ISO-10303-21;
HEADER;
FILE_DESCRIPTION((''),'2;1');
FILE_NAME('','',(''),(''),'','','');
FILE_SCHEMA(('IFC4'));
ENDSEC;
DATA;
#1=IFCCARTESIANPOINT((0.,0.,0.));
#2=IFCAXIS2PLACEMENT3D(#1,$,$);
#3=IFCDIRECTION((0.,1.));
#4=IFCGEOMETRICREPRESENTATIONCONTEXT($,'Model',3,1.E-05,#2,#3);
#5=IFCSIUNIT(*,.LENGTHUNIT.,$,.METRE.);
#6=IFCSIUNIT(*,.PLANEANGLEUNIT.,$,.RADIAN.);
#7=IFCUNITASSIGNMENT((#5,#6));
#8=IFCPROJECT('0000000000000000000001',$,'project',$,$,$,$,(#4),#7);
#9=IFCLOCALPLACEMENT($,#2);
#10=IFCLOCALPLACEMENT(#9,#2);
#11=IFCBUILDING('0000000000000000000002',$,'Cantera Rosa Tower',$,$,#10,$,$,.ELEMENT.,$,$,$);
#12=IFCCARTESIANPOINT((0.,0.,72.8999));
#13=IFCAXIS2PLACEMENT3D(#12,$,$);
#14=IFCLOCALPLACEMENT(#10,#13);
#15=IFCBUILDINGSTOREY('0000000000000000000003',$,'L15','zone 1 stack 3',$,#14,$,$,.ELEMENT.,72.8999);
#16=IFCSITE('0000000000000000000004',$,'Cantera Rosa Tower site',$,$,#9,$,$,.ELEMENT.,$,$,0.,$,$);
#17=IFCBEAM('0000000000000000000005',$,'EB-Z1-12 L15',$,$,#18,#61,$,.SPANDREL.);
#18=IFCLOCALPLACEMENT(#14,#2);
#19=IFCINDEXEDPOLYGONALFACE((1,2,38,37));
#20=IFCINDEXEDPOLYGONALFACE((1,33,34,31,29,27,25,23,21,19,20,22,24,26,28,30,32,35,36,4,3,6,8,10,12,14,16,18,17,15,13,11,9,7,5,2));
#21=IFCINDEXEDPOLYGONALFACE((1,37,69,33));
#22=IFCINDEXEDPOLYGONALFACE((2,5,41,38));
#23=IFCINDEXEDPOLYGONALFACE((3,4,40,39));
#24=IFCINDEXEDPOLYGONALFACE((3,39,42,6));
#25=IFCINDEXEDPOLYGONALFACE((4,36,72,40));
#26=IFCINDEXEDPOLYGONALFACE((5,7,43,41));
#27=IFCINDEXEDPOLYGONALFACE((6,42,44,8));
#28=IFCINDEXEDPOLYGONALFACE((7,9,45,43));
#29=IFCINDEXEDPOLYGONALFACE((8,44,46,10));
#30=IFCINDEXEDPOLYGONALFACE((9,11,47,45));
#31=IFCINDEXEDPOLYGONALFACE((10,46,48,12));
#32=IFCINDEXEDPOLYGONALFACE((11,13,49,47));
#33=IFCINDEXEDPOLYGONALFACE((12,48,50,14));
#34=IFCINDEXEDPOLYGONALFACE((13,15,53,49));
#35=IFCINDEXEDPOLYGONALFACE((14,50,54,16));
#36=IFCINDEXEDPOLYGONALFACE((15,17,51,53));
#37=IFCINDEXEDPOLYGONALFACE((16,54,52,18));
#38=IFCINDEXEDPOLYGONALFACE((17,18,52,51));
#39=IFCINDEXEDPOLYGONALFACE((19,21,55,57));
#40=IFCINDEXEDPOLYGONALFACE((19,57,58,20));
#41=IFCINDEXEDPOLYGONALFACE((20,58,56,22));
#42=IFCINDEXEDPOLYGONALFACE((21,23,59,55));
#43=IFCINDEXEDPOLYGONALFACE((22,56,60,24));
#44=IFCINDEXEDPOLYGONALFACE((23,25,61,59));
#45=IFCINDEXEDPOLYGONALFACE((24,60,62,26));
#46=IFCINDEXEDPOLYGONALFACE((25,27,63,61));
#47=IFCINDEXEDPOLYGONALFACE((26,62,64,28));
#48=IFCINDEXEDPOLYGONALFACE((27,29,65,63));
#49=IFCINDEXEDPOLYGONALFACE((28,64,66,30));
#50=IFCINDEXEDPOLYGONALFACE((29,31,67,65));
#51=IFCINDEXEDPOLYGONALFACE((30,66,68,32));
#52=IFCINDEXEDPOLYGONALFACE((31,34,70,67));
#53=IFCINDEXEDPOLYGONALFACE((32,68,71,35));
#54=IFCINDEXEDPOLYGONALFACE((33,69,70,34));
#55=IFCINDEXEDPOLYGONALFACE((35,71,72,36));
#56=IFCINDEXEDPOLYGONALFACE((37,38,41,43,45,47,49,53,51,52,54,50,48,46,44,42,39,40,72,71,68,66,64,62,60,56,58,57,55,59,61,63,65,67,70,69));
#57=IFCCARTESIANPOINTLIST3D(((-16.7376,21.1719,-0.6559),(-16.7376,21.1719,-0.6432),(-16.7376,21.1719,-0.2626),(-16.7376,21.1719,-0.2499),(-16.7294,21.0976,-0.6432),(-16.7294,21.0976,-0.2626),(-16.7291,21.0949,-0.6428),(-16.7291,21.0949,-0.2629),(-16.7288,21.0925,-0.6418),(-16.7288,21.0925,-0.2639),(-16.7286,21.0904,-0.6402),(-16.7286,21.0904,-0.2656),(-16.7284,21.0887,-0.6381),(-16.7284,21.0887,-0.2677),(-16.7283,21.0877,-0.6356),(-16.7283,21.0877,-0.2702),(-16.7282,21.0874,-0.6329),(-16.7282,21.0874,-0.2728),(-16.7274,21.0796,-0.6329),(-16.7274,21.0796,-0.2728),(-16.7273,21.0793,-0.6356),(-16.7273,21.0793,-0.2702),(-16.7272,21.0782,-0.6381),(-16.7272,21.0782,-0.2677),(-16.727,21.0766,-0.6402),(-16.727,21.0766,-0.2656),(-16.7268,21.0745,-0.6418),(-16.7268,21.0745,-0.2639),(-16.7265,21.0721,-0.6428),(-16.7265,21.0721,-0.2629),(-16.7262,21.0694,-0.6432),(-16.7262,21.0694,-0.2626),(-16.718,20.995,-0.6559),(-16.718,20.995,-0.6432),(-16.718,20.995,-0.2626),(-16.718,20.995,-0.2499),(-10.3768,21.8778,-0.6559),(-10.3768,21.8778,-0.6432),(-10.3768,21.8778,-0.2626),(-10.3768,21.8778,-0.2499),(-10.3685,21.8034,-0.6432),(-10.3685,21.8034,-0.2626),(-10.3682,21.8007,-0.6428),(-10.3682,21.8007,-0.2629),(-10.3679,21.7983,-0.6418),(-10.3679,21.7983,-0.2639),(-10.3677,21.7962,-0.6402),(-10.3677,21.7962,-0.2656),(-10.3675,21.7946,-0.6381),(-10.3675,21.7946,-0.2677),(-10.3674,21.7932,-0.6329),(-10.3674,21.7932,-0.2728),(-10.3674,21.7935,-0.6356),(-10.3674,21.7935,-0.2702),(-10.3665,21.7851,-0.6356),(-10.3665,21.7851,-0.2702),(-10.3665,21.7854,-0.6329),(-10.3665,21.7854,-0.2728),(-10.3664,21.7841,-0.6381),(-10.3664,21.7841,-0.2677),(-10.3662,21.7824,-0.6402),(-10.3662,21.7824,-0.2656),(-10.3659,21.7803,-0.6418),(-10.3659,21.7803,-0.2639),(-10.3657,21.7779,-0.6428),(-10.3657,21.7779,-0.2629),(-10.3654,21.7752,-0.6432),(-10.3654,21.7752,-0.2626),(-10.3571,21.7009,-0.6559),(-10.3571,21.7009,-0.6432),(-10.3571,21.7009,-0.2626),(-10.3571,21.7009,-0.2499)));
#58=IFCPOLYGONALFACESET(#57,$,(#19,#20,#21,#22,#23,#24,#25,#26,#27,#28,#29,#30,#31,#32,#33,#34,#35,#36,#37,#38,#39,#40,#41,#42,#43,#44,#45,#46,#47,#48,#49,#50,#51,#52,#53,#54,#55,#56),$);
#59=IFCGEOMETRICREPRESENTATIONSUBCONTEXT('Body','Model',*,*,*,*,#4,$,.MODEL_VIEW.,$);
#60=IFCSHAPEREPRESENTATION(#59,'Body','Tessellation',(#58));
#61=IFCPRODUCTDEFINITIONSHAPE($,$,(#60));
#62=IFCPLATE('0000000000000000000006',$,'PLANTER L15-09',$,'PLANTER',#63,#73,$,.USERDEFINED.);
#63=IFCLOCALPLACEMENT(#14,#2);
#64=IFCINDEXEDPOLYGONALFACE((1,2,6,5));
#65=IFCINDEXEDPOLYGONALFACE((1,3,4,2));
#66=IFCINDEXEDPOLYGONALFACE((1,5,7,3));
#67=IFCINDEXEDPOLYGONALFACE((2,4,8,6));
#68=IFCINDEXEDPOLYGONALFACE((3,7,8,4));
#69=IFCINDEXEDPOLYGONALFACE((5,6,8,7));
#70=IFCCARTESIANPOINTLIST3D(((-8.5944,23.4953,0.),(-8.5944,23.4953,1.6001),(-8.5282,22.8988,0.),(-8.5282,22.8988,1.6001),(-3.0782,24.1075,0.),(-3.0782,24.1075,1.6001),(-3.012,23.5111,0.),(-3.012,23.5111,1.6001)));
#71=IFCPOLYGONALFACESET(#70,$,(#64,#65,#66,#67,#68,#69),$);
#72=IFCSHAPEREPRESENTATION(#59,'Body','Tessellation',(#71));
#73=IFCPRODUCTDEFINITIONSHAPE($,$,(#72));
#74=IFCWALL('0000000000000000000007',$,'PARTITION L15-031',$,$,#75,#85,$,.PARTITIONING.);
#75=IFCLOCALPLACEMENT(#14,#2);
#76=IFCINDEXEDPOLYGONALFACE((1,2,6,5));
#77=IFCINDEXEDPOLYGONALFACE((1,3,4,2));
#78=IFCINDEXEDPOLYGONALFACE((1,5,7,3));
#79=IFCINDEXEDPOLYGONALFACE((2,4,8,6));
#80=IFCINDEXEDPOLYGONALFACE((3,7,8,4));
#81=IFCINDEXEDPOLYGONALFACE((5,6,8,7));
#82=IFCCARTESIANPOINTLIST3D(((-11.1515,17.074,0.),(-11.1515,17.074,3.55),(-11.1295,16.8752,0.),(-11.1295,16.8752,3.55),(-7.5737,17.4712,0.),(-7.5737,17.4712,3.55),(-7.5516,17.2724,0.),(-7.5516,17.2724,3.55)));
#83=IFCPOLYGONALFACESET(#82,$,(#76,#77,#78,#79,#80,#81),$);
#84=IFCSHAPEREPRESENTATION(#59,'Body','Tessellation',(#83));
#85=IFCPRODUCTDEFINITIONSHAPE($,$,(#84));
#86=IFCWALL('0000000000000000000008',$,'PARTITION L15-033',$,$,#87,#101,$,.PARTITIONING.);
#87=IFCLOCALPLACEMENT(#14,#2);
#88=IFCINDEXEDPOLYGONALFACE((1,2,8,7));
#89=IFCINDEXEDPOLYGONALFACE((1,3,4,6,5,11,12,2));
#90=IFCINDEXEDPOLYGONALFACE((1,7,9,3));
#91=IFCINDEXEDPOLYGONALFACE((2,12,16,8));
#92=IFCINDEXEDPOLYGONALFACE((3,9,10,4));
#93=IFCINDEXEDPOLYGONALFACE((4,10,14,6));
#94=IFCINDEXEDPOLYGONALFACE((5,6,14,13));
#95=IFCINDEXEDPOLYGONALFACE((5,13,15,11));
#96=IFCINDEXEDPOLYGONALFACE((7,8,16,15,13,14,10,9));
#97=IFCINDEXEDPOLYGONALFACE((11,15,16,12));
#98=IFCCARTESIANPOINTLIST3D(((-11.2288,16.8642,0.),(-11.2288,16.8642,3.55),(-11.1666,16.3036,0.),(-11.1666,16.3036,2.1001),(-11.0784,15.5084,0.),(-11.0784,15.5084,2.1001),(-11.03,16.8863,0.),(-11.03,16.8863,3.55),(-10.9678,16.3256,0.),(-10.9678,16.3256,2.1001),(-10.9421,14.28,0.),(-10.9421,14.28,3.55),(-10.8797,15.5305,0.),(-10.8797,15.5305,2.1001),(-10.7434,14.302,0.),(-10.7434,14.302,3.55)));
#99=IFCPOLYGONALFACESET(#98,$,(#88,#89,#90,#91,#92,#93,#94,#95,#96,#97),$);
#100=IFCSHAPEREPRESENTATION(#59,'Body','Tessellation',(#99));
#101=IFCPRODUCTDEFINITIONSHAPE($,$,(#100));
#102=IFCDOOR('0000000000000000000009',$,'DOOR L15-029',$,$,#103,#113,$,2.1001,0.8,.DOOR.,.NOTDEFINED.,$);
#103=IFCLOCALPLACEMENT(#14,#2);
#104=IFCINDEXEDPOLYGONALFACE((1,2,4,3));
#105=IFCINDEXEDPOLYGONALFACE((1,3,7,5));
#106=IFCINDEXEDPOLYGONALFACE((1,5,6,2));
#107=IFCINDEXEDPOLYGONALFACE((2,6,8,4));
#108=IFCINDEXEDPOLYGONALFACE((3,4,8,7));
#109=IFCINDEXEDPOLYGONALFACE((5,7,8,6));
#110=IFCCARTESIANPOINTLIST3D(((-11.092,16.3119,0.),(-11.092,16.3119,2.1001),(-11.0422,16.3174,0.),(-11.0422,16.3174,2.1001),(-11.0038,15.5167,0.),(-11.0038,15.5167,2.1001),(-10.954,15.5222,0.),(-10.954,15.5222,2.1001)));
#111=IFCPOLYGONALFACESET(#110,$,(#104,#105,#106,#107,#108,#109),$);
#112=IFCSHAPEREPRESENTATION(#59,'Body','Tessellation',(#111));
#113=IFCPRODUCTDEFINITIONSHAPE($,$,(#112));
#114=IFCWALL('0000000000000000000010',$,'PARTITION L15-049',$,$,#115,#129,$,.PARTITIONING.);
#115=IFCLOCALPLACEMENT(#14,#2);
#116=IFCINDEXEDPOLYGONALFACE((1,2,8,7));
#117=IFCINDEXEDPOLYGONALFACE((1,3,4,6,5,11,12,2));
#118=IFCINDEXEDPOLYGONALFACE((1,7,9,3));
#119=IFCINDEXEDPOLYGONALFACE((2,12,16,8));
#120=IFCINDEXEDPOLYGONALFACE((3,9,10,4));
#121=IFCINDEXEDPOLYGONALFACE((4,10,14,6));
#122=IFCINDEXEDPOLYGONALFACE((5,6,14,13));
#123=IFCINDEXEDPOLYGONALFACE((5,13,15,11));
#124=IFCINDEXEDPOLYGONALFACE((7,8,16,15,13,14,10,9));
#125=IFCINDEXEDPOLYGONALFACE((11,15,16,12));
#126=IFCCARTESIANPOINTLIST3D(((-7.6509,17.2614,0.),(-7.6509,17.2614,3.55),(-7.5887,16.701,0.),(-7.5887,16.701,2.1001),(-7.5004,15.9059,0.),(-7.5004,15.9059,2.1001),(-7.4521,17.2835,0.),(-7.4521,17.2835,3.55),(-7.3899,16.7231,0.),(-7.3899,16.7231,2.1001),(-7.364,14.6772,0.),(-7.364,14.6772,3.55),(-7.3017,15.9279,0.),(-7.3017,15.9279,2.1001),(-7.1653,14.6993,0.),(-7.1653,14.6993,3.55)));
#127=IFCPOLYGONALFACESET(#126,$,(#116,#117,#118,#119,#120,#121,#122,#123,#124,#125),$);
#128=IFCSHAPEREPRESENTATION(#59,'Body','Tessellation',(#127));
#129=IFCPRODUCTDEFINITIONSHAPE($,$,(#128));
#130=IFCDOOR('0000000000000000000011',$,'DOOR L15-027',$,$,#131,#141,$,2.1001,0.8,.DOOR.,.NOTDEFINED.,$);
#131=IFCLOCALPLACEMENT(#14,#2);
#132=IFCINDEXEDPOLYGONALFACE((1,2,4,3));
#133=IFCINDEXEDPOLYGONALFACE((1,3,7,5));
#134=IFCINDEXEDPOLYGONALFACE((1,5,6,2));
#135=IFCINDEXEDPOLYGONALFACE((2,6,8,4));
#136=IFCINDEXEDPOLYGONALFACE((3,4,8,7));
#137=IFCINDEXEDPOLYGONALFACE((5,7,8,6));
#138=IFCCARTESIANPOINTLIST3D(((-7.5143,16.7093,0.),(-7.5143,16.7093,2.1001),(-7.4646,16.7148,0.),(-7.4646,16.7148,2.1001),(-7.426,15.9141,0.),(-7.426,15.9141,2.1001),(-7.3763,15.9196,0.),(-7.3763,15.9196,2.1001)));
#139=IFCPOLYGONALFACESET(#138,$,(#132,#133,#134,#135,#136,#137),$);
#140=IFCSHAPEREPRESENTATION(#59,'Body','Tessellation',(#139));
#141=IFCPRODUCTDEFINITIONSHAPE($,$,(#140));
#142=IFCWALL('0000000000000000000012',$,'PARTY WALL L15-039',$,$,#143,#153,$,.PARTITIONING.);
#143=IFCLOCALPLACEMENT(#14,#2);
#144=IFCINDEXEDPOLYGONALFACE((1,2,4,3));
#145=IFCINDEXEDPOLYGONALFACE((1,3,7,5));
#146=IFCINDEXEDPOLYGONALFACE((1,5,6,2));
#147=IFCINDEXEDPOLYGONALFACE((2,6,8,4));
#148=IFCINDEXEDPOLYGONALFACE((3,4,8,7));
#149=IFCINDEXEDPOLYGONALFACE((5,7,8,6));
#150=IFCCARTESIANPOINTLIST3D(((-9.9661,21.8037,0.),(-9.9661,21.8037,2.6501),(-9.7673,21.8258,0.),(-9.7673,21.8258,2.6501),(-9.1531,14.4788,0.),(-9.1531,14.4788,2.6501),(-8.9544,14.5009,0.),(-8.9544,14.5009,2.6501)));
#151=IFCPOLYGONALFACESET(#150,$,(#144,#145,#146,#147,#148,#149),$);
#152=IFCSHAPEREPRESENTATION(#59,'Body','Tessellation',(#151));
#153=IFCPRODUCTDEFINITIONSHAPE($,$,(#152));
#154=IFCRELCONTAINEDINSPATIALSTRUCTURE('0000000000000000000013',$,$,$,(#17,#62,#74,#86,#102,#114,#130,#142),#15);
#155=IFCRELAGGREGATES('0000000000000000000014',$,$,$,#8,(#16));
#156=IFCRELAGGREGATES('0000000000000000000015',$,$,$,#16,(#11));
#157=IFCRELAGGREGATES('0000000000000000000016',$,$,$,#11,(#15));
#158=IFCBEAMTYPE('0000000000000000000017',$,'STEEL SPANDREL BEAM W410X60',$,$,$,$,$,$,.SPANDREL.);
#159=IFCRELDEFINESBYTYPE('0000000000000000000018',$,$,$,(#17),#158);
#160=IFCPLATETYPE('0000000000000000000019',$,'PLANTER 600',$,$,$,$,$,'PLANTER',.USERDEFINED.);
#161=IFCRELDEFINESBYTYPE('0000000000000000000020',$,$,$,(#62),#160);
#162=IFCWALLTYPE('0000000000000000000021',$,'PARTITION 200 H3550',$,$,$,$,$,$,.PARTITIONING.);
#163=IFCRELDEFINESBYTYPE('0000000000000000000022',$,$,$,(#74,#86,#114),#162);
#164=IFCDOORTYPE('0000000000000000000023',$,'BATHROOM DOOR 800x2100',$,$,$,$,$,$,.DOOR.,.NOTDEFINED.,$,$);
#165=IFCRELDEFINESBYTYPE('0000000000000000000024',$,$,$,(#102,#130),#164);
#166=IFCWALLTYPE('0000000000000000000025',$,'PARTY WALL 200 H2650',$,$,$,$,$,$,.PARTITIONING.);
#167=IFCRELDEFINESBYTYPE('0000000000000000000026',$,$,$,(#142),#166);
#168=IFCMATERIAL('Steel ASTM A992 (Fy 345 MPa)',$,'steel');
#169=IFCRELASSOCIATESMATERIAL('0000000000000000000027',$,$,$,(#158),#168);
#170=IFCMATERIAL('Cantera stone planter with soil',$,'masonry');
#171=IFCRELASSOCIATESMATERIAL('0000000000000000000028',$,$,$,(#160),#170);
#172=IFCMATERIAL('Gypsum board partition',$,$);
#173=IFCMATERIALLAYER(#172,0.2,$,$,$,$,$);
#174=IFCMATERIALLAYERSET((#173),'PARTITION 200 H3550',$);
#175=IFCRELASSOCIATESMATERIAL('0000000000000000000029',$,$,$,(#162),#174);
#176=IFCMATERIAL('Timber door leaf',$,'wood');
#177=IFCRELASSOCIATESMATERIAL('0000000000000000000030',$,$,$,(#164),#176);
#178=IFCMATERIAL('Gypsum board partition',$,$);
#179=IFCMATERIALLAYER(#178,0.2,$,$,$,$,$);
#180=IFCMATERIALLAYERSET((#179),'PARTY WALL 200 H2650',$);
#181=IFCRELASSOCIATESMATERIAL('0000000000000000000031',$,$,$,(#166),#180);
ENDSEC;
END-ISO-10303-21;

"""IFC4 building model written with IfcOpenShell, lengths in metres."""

from ifc_helpers import new_model, si_unit, direction, frame, frame_2d, origin, origin_2d, place, context, subcontext, project, spatial, rectangle, i_section, extrude, material, layer, layer_set, material_profile, profile_set, type_object, element, fill, save


model = new_model("IFC4")

# Units and contexts
model_context = context("Model", 3, precision=1e-05, world=origin(), true_north=direction((0.0, 1.0)))
body_context = subcontext(model_context, "Body", "Model", "MODEL_VIEW")
ifc_project = project(units=[si_unit("LENGTHUNIT", "METRE"), si_unit("PLANEANGLEUNIT", "RADIAN")], contexts=[model_context])

# Site, building, storey
site_placement = place(None, origin())
site = spatial("IfcSite", under=ifc_project, at=site_placement, Name="Cantera Rosa Tower site", CompositionType="ELEMENT", RefElevation=0.0)
building_placement = place(site_placement, origin())
building = spatial("IfcBuilding", under=site, at=building_placement, Name="Cantera Rosa Tower", CompositionType="ELEMENT")
storey_placement = place(building_placement, frame((0.0, 0.0, 72.8999)))
storey = spatial("IfcBuildingStorey", under=building, at=storey_placement, Name="L15", Description="zone 1 stack 3", CompositionType="ELEMENT", Elevation=72.8999)

# Beam
ifc_material_1 = material(Name="Steel ASTM A992 (Fy 345 MPa)", Category="steel")
ifc_material_profile_1 = material_profile(ifc_material_1, i_section(OverallWidth=0.178, OverallDepth=0.406, WebThickness=0.0078, FlangeThickness=0.0127, FilletRadius=0.0103, at=origin_2d()), Name="W410X60")
ifc_profile_set_1 = profile_set([ifc_material_profile_1], Name="Steel ASTM A992 (Fy 345 MPa)")
beam_type_1 = type_object("IfcBeamType", Name="STEEL SPANDREL BEAM W410X60", PredefinedType="SPANDREL", material=ifc_profile_set_1)
beam_1_placement = place(storey_placement, frame((-10.3669, 21.7893, -0.4529), z_axis=(-0.9939, -0.110285, 0.0), x_axis=(0.110285, -0.9939, 0.0)))
element("IfcBeam", 1, at=beam_1_placement, inside=storey, type_object=beam_type_1, Name="EB-Z1-12 L15", PredefinedType="SPANDREL", context=body_context, shape_type="SweptSolid", body=[
    extrude(i_section(OverallWidth=0.178, OverallDepth=0.406, WebThickness=0.0078, FlangeThickness=0.0127, FilletRadius=0.0103, at=origin_2d()), origin(), (0.0, 0.0, 1.0), 6.3999),
])

# Plate
ifc_material_2 = material(Name="Cantera stone planter with soil", Category="masonry")
plate_type = type_object("IfcPlateType", Name="PLANTER 600", ElementType="PLANTER", PredefinedType="USERDEFINED", material=ifc_material_2)
plate_placement = place(storey_placement, frame((-5.8032, 23.5032, 0.0), z_axis=(0.0, 0.0, 1.0), x_axis=(-0.993897, -0.110313, 0.0)))
element("IfcPlate", 2, at=plate_placement, inside=storey, type_object=plate_type, Name="PLANTER L15-09", ObjectType="PLANTER", PredefinedType="USERDEFINED", context=body_context, shape_type="SweptSolid", body=[
    extrude(rectangle(XDim=5.55, YDim=0.6001, at=origin_2d()), origin(), (0.0, 0.0, 1.0), 1.6001),
])

# Wall
ifc_material_3 = material(Name="Gypsum board partition")
ifc_layer_1 = layer(ifc_material_3, 0.2)
ifc_layer_set_1 = layer_set([ifc_layer_1], Name="PARTITION 200 H3550")
wall_type_1 = type_object("IfcWallType", Name="PARTITION 200 H3550", PredefinedType="PARTITIONING", material=ifc_layer_set_1)
wall_1_placement = place(storey_placement, frame((-11.1404, 16.9746, 0.0), z_axis=(0.0, 0.0, 1.0), x_axis=(0.993894, 0.110342, 0.0)))
element("IfcWall", 3, at=wall_1_placement, inside=storey, type_object=wall_type_1, Name="PARTITION L15-031", PredefinedType="PARTITIONING", context=body_context, shape_type="SweptSolid", body=[
    extrude(rectangle(XDim=3.5999, YDim=0.2, at=frame_2d((1.7998, 0.0))), origin(), (0.0, 0.0, 1.0), 3.55),
])

# Walls, openings, doors
wall_2_placement = place(storey_placement, frame((-10.8428, 14.291, 0.0), z_axis=(0.0, 0.0, 1.0), x_axis=(-0.110236, 0.993905, 0.0)))
wall_2 = element("IfcWall", 4, at=wall_2_placement, inside=storey, type_object=wall_type_1, Name="PARTITION L15-033", PredefinedType="PARTITIONING", context=body_context, shape_type="SweptSolid", body=[
    extrude(rectangle(XDim=2.6001, YDim=0.2, at=frame_2d((1.3, 0.0))), origin(), (0.0, 0.0, 1.0), 3.55),
])
opening_1_placement = place(wall_2_placement, frame((1.2361, 0.0, 0.0)))
opening_1 = element("IfcOpeningElement", 5, at=opening_1_placement, cuts=wall_2, PredefinedType="OPENING", context=body_context, shape_type="SweptSolid", body=[
    extrude(rectangle(XDim=0.8, YDim=2.1001, at=frame_2d((0.3999, 1.05))), frame((0.0, 0.1099, 0.0), z_axis=(0.0, -1.0, 0.0), x_axis=(1.0, 0.0, 0.0)), (0.0, 0.0, 1.0), 0.22),
])
ifc_material_4 = material(Name="Timber door leaf", Category="wood")
door_type_1 = type_object("IfcDoorType", Name="BATHROOM DOOR 800x2100", OperationType="NOTDEFINED", PredefinedType="DOOR", material=ifc_material_4)
door_1_placement = place(opening_1_placement, origin())
door_1 = element("IfcDoor", 6, at=door_1_placement, inside=storey, type_object=door_type_1, Name="DOOR L15-029", OperationType="NOTDEFINED", OverallHeight=2.1001, OverallWidth=0.8, PredefinedType="DOOR", context=body_context, shape_type="SweptSolid", body=[
    extrude(rectangle(XDim=0.8, YDim=2.1001, at=frame_2d((0.3999, 1.05))), frame((0.0, 0.0249, 0.0), z_axis=(0.0, -1.0, 0.0), x_axis=(1.0, 0.0, 0.0)), (0.0, 0.0, 1.0), 0.05),
])
fill(opening_1, door_1)
wall_3_placement = place(storey_placement, frame((-7.5515, 17.2725, 0.0), z_axis=(0.0, 0.0, 1.0), x_axis=(0.110328, -0.993895, 0.0)))
wall_3 = element("IfcWall", 7, at=wall_3_placement, inside=storey, type_object=wall_type_1, Name="PARTITION L15-049", PredefinedType="PARTITIONING", context=body_context, shape_type="SweptSolid", body=[
    extrude(rectangle(XDim=2.6001, YDim=0.2, at=frame_2d((1.3, 0.0))), origin(), (0.0, 0.0, 1.0), 3.55),
])
opening_2_placement = place(wall_3_placement, frame((0.564, 0.0, 0.0)))
opening_2 = element("IfcOpeningElement", 8, at=opening_2_placement, cuts=wall_3, PredefinedType="OPENING", context=body_context, shape_type="SweptSolid", body=[
    extrude(rectangle(XDim=0.8, YDim=2.1001, at=frame_2d((0.3999, 1.05))), frame((0.0, 0.1099, 0.0), z_axis=(0.0, -1.0, 0.0), x_axis=(1.0, 0.0, 0.0)), (0.0, 0.0, 1.0), 0.22),
])
door_2_placement = place(opening_2_placement, origin())
door_2 = element("IfcDoor", 9, at=door_2_placement, inside=storey, type_object=door_type_1, Name="DOOR L15-027", OperationType="NOTDEFINED", OverallHeight=2.1001, OverallWidth=0.8, PredefinedType="DOOR", context=body_context, shape_type="SweptSolid", body=[
    extrude(rectangle(XDim=0.8, YDim=2.1001, at=frame_2d((0.3999, 1.05))), frame((0.0, 0.0249, 0.0), z_axis=(0.0, -1.0, 0.0), x_axis=(1.0, 0.0, 0.0)), (0.0, 0.0, 1.0), 0.05),
])
fill(opening_2, door_2)

# Wall
ifc_material_5 = material(Name="Gypsum board partition")
ifc_layer_2 = layer(ifc_material_5, 0.2)
ifc_layer_set_2 = layer_set([ifc_layer_2], Name="PARTY WALL 200 H2650")
wall_type_2 = type_object("IfcWallType", Name="PARTY WALL 200 H2650", PredefinedType="PARTITIONING", material=ifc_layer_set_2)
wall_4_placement = place(storey_placement, frame((-9.0537, 14.4897, 0.0), z_axis=(0.0, 0.0, 1.0), x_axis=(-0.110312, 0.993897, 0.0)))
element("IfcWall", 10, at=wall_4_placement, inside=storey, type_object=wall_type_2, Name="PARTY WALL L15-039", PredefinedType="PARTITIONING", context=body_context, shape_type="SweptSolid", body=[
    extrude(rectangle(XDim=7.3699, YDim=0.2, at=frame_2d((3.6851, 0.0))), origin(), (0.0, 0.0, 1.0), 2.6501),
])

save(model, "model.ifc")
